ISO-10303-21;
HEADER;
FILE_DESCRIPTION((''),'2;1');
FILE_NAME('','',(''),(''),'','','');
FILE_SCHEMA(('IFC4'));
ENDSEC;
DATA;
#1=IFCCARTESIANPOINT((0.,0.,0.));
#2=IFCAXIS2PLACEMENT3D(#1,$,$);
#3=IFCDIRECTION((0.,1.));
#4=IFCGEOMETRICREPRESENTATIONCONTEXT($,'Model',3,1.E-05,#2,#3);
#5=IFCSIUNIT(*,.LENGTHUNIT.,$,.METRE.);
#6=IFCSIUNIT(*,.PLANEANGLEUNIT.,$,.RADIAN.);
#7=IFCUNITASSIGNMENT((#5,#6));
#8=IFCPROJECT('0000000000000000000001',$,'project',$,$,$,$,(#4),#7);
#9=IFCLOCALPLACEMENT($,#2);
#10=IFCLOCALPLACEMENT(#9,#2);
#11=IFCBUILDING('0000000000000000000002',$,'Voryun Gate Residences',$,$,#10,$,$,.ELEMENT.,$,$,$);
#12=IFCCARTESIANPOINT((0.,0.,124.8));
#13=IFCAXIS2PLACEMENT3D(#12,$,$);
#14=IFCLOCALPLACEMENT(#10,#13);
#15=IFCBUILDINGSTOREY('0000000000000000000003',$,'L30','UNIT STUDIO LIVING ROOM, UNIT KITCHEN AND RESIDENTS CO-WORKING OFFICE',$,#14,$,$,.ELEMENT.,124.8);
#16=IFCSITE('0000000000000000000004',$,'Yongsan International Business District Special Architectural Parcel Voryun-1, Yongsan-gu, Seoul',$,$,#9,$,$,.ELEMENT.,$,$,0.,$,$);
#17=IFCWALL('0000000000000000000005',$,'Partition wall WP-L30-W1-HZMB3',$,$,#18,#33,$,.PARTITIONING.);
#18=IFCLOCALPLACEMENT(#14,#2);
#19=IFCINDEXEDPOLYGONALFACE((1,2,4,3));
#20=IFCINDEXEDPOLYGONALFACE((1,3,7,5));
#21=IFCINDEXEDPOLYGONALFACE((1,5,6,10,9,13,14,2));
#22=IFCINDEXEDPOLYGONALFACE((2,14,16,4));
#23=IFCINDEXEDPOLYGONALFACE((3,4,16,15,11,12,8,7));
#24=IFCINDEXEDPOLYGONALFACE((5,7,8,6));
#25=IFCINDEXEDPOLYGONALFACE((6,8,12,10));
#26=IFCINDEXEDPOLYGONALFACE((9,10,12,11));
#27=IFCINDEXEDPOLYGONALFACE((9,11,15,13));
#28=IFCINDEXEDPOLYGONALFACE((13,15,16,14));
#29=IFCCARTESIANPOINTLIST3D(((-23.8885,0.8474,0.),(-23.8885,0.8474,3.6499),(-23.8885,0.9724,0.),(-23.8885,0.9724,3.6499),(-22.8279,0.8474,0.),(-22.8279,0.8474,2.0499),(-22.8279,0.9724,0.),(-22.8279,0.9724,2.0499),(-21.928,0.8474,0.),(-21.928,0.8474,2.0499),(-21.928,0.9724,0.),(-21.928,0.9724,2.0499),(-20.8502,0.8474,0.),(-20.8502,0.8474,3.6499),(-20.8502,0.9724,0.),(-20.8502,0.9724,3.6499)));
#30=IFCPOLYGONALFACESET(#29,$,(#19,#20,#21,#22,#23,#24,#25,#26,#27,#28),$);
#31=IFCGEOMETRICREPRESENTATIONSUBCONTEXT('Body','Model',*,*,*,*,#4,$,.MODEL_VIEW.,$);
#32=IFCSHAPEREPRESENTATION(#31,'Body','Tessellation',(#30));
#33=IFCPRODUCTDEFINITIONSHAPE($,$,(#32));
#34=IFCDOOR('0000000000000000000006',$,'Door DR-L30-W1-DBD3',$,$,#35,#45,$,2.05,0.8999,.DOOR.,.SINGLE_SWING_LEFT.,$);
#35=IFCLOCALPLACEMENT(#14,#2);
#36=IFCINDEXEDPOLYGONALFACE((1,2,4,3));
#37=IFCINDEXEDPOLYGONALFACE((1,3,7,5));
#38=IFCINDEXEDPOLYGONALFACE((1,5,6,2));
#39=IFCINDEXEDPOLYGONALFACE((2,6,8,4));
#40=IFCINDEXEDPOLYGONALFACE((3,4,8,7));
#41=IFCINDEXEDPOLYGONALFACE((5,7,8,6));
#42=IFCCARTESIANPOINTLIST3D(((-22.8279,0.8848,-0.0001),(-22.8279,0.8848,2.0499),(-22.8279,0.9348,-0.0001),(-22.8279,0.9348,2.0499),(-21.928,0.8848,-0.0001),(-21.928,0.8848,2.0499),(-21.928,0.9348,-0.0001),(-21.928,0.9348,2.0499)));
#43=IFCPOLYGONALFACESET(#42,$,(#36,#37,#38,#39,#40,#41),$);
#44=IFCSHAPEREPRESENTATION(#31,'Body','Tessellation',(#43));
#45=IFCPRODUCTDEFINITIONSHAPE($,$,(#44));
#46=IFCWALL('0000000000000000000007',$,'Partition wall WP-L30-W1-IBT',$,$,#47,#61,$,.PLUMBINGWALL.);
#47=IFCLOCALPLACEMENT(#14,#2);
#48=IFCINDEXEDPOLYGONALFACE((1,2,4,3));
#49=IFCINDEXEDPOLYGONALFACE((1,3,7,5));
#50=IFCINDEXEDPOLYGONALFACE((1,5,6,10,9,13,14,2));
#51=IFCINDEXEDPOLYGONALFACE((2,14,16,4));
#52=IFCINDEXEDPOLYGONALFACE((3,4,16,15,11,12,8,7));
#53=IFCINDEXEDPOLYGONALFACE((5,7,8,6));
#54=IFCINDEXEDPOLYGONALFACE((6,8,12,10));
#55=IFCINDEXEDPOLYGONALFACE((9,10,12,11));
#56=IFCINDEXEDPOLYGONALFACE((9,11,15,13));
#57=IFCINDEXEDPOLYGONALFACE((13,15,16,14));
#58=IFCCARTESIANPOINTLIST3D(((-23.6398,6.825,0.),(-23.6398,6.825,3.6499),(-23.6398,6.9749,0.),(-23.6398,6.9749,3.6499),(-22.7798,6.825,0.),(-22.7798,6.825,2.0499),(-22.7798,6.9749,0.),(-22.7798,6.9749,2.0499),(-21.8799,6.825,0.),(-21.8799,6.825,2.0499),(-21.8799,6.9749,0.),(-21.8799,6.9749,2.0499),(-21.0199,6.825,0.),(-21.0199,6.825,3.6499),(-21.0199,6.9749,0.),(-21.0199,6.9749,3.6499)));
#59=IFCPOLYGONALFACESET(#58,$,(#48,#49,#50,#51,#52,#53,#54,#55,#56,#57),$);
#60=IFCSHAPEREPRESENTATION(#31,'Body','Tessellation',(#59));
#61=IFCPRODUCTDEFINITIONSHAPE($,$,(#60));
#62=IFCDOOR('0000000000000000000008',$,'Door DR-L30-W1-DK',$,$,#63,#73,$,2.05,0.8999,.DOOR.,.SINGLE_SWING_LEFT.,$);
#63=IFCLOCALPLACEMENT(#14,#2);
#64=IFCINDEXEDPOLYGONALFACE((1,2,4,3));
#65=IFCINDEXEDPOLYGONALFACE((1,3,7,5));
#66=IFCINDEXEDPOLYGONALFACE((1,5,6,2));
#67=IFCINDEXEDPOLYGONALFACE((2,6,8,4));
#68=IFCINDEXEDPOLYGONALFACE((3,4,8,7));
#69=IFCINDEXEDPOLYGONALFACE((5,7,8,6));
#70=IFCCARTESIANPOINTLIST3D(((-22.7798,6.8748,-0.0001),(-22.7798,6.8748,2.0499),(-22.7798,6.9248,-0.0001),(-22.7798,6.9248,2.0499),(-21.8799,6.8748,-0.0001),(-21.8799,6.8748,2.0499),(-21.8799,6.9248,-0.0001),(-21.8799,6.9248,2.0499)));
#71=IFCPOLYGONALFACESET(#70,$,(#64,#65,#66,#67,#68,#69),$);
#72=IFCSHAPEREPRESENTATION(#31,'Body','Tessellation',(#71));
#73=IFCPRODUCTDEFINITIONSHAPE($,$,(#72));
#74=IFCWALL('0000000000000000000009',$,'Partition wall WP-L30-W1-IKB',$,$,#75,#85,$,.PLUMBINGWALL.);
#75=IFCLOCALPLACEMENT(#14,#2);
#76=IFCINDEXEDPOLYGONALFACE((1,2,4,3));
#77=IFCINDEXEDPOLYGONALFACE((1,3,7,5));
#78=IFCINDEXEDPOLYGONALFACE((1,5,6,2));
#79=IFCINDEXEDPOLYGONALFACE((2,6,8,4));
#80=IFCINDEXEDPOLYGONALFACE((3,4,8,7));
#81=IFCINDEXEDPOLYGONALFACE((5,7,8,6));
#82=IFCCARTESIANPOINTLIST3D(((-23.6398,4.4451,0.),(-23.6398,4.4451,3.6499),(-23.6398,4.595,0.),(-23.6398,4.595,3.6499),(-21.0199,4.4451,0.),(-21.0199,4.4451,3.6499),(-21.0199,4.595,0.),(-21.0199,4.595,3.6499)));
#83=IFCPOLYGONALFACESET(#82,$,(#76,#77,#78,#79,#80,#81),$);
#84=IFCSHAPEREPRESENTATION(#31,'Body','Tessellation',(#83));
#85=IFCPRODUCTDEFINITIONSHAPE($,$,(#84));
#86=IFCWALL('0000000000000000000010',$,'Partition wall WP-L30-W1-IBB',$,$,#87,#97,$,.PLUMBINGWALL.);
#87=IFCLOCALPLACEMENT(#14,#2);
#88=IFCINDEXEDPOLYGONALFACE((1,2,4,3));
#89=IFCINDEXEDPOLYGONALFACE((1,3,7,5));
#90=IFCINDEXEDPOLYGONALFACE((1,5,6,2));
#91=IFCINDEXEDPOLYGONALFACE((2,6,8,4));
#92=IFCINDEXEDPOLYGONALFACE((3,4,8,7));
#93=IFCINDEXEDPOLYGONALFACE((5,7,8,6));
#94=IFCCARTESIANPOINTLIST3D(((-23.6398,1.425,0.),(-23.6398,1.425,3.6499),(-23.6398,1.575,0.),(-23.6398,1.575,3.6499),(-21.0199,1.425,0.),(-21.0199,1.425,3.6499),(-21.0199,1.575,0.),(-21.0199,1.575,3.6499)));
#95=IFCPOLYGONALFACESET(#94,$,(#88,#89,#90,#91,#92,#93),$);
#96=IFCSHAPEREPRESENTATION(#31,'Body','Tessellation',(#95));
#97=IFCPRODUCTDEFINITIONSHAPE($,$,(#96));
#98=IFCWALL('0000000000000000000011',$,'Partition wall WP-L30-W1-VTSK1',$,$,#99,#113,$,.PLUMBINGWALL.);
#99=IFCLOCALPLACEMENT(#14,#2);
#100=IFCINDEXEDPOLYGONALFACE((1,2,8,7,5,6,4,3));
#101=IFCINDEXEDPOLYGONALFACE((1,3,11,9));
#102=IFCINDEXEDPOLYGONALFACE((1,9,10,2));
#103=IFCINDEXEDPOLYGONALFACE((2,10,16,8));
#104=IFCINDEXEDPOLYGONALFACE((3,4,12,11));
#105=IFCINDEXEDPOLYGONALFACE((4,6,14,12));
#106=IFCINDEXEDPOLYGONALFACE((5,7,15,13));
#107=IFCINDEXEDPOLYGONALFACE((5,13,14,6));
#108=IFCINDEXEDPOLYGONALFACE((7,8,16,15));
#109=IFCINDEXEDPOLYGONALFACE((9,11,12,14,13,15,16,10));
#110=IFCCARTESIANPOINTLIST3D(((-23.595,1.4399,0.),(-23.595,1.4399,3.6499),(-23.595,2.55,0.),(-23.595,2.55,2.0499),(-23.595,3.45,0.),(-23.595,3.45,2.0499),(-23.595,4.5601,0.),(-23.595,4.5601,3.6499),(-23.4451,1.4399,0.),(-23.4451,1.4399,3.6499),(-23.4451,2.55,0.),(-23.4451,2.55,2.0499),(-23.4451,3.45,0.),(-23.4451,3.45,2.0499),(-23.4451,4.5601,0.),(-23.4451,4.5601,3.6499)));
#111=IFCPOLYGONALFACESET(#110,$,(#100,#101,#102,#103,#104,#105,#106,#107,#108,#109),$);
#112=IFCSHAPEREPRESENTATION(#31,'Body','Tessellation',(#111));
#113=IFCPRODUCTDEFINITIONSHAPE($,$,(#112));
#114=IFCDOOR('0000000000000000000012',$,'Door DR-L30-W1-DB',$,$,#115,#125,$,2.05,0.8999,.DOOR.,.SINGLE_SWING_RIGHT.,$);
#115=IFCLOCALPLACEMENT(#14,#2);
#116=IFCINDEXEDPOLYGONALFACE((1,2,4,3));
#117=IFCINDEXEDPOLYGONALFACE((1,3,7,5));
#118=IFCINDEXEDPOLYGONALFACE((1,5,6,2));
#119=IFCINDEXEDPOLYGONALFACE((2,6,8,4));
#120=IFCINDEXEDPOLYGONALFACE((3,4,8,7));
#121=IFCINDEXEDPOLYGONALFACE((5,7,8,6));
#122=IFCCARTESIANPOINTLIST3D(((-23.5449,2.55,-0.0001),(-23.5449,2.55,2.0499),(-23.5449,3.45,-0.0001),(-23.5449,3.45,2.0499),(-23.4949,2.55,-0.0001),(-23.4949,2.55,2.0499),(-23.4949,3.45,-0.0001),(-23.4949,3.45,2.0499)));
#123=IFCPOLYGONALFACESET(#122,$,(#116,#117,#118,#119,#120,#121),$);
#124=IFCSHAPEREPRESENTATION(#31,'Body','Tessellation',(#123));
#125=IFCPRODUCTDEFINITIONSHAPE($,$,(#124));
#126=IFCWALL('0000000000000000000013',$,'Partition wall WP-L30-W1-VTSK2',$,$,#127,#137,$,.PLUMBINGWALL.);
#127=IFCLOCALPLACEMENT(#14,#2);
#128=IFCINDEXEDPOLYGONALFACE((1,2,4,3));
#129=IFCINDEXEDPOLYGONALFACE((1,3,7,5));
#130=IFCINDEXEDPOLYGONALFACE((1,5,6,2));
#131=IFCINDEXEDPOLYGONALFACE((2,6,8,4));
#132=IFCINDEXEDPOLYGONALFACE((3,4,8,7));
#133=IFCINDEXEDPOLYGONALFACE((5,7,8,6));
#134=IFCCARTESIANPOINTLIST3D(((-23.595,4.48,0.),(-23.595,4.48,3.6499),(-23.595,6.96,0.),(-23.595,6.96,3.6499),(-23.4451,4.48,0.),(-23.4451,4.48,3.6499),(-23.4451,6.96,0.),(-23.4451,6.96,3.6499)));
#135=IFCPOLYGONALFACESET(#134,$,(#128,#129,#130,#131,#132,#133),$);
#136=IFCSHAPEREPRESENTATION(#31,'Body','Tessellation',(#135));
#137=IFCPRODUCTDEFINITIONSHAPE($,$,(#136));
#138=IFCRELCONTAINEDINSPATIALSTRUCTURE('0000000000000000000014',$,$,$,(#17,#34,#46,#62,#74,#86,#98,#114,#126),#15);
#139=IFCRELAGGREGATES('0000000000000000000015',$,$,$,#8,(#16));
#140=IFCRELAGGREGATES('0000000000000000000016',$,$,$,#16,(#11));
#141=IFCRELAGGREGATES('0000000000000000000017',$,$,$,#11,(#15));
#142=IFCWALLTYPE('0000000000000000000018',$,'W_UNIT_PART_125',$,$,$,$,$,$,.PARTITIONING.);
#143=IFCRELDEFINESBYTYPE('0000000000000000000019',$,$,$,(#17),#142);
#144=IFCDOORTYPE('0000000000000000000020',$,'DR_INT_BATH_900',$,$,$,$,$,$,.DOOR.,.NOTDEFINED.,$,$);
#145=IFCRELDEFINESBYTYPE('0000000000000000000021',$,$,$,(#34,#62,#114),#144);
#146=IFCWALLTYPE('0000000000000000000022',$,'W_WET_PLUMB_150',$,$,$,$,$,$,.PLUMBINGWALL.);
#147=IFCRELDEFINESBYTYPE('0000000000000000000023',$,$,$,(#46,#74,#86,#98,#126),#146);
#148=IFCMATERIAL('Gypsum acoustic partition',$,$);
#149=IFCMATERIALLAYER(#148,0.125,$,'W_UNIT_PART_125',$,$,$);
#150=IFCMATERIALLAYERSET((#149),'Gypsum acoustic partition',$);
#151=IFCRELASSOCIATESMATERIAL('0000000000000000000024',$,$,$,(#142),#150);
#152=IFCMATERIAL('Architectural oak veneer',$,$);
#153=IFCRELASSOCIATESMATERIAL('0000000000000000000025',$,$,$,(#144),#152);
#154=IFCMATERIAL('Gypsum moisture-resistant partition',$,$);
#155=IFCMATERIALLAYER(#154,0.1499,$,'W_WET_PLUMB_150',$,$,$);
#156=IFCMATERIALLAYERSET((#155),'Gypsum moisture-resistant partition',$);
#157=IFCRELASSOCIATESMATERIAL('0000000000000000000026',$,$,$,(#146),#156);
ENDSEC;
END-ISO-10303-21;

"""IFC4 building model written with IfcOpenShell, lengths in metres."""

from ifc_helpers import new_model, si_unit, direction, frame, frame_2d, origin, place, context, subcontext, project, spatial, rectangle, extrude, material, layer, layer_set, type_object, element, fill, save


model = new_model("IFC4")

# Units and contexts
model_context = context("Model", 3, precision=1e-05, world=origin(), true_north=direction((0.0, 1.0)))
body_context = subcontext(model_context, "Body", "Model", "MODEL_VIEW")
ifc_project = project(units=[si_unit("LENGTHUNIT", "METRE"), si_unit("PLANEANGLEUNIT", "RADIAN")], contexts=[model_context])

# Site, building, storey
site_placement = place(None, origin())
site = spatial("IfcSite", under=ifc_project, at=site_placement, Name="Yongsan International Business District Special Architectural Parcel Voryun-1, Yongsan-gu, Seoul", CompositionType="ELEMENT", RefElevation=0.0)
building_placement = place(site_placement, origin())
building = spatial("IfcBuilding", under=site, at=building_placement, Name="Voryun Gate Residences", CompositionType="ELEMENT")
storey_placement = place(building_placement, frame((0.0, 0.0, 124.8)))
storey = spatial("IfcBuildingStorey", under=building, at=storey_placement, Name="L30", Description="UNIT STUDIO LIVING ROOM, UNIT KITCHEN AND RESIDENTS CO-WORKING OFFICE", CompositionType="ELEMENT", Elevation=124.8)

# Walls, openings, doors
ifc_material_1 = material(Name="Gypsum acoustic partition")
ifc_layer_1 = layer(ifc_material_1, 0.125, Name="W_UNIT_PART_125")
ifc_layer_set_1 = layer_set([ifc_layer_1], Name="Gypsum acoustic partition")
wall_type_1 = type_object("IfcWallType", Name="W_UNIT_PART_125", PredefinedType="PARTITIONING", material=ifc_layer_set_1)
ifc_material_2 = material(Name="Architectural oak veneer")
door_type_1 = type_object("IfcDoorType", Name="DR_INT_BATH_900", OperationType="NOTDEFINED", PredefinedType="DOOR", material=ifc_material_2)
wall_1_placement = place(storey_placement, frame((-23.8884, 0.9099, 0.0), z_axis=(0.0, 0.0, 1.0), x_axis=(1.0, 0.0, 0.0)))
wall_1 = element("IfcWall", 1, at=wall_1_placement, inside=storey, type_object=wall_type_1, Name="Partition wall WP-L30-W1-HZMB3", PredefinedType="PARTITIONING", context=body_context, shape_type="SweptSolid", body=[
    extrude(rectangle(XDim=3.0383, YDim=0.125, at=frame_2d((1.519, 0.0))), origin(), (0.0, 0.0, 1.0), 3.6499),
])
opening_1_placement = place(wall_1_placement, frame((1.0605, 0.0, 0.0)))
opening_1 = element("IfcOpeningElement", 2, at=opening_1_placement, cuts=wall_1, PredefinedType="OPENING", context=body_context, shape_type="SweptSolid", body=[
    extrude(rectangle(XDim=0.8999, YDim=2.05, at=frame_2d((0.45, 1.0249))), frame((0.0, 0.0725, 0.0), z_axis=(0.0, -1.0, 0.0), x_axis=(1.0, 0.0, 0.0)), (0.0, 0.0, 1.0), 0.145),
])
door_1_placement = place(opening_1_placement, origin())
door_1 = element("IfcDoor", 3, at=door_1_placement, inside=storey, type_object=door_type_1, Name="Door DR-L30-W1-DBD3", OperationType="SINGLE_SWING_LEFT", OverallHeight=2.05, OverallWidth=0.8999, PredefinedType="DOOR", context=body_context, shape_type="SweptSolid", body=[
    extrude(rectangle(XDim=0.8999, YDim=2.05, at=frame_2d((0.45, 1.0249))), frame((0.0, 0.0249, 0.0), z_axis=(0.0, -1.0, 0.0), x_axis=(1.0, 0.0, 0.0)), (0.0, 0.0, 1.0), 0.05),
])
fill(opening_1, door_1)
ifc_material_3 = material(Name="Gypsum moisture-resistant partition")
ifc_layer_2 = layer(ifc_material_3, 0.1499, Name="W_WET_PLUMB_150")
ifc_layer_set_2 = layer_set([ifc_layer_2], Name="Gypsum moisture-resistant partition")
wall_type_2 = type_object("IfcWallType", Name="W_WET_PLUMB_150", PredefinedType="PLUMBINGWALL", material=ifc_layer_set_2)
wall_2_placement = place(storey_placement, frame((-23.6399, 6.8999, 0.0), z_axis=(0.0, 0.0, 1.0), x_axis=(1.0, 0.0, 0.0)))
wall_2 = element("IfcWall", 4, at=wall_2_placement, inside=storey, type_object=wall_type_2, Name="Partition wall WP-L30-W1-IBT", PredefinedType="PLUMBINGWALL", context=body_context, shape_type="SweptSolid", body=[
    extrude(rectangle(XDim=2.6199, YDim=0.1499, at=frame_2d((1.3101, 0.0))), origin(), (0.0, 0.0, 1.0), 3.6499),
])
opening_2_placement = place(wall_2_placement, frame((0.8601, 0.0, 0.0)))
opening_2 = element("IfcOpeningElement", 5, at=opening_2_placement, cuts=wall_2, PredefinedType="OPENING", context=body_context, shape_type="SweptSolid", body=[
    extrude(rectangle(XDim=0.8999, YDim=2.05, at=frame_2d((0.45, 1.0249))), frame((0.0, 0.085, 0.0), z_axis=(0.0, -1.0, 0.0), x_axis=(1.0, 0.0, 0.0)), (0.0, 0.0, 1.0), 0.1699),
])
door_2_placement = place(opening_2_placement, origin())
door_2 = element("IfcDoor", 6, at=door_2_placement, inside=storey, type_object=door_type_1, Name="Door DR-L30-W1-DK", OperationType="SINGLE_SWING_LEFT", OverallHeight=2.05, OverallWidth=0.8999, PredefinedType="DOOR", context=body_context, shape_type="SweptSolid", body=[
    extrude(rectangle(XDim=0.8999, YDim=2.05, at=frame_2d((0.45, 1.0249))), frame((0.0, 0.0249, 0.0), z_axis=(0.0, -1.0, 0.0), x_axis=(1.0, 0.0, 0.0)), (0.0, 0.0, 1.0), 0.05),
])
fill(opening_2, door_2)

# Walls
for number, where, z_axis, x_axis, name in (
    (7, (-23.6399, 4.52, 0.0), (0.0, 0.0, 1.0), (1.0, 0.0, 0.0), "Partition wall WP-L30-W1-IKB"),
    (8, (-23.6399, 1.5, 0.0), (0.0, 0.0, 1.0), (1.0, 0.0, 0.0), "Partition wall WP-L30-W1-IBB"),
):
    element("IfcWall", number, at=place(storey_placement, frame(where, z_axis=z_axis, x_axis=x_axis)), inside=storey, type_object=wall_type_2, Name=name, PredefinedType="PLUMBINGWALL", context=body_context, shape_type="SweptSolid", body=[
        extrude(rectangle(XDim=2.6199, YDim=0.1499, at=frame_2d((1.3101, 0.0))), origin(), (0.0, 0.0, 1.0), 3.6499),
    ])

# Wall, opening, door
wall_3_placement = place(storey_placement, frame((-23.52, 1.4399, 0.0), z_axis=(0.0, 0.0, 1.0), x_axis=(0.0, 1.0, 0.0)))
wall_3 = element("IfcWall", 9, at=wall_3_placement, inside=storey, type_object=wall_type_2, Name="Partition wall WP-L30-W1-VTSK1", PredefinedType="PLUMBINGWALL", context=body_context, shape_type="SweptSolid", body=[
    extrude(rectangle(XDim=3.1201, YDim=0.1499, at=frame_2d((1.5601, 0.0))), origin(), (0.0, 0.0, 1.0), 3.6499),
])
opening_3_placement = place(wall_3_placement, frame((1.1101, 0.0, 0.0)))
opening_3 = element("IfcOpeningElement", 10, at=opening_3_placement, cuts=wall_3, PredefinedType="OPENING", context=body_context, shape_type="SweptSolid", body=[
    extrude(rectangle(XDim=0.8999, YDim=2.05, at=frame_2d((0.45, 1.0249))), frame((0.0, 0.085, 0.0), z_axis=(0.0, -1.0, 0.0), x_axis=(1.0, 0.0, 0.0)), (0.0, 0.0, 1.0), 0.1699),
])
door_3_placement = place(opening_3_placement, origin())
door_3 = element("IfcDoor", 11, at=door_3_placement, inside=storey, type_object=door_type_1, Name="Door DR-L30-W1-DB", OperationType="SINGLE_SWING_RIGHT", OverallHeight=2.05, OverallWidth=0.8999, PredefinedType="DOOR", context=body_context, shape_type="SweptSolid", body=[
    extrude(rectangle(XDim=0.8999, YDim=2.05, at=frame_2d((0.45, 1.0249))), frame((0.0, 0.0249, 0.0), z_axis=(0.0, -1.0, 0.0), x_axis=(1.0, 0.0, 0.0)), (0.0, 0.0, 1.0), 0.05),
])
fill(opening_3, door_3)

# Wall
wall_4_placement = place(storey_placement, frame((-23.52, 4.48, 0.0), z_axis=(0.0, 0.0, 1.0), x_axis=(0.0, 1.0, 0.0)))
element("IfcWall", 12, at=wall_4_placement, inside=storey, type_object=wall_type_2, Name="Partition wall WP-L30-W1-VTSK2", PredefinedType="PLUMBINGWALL", context=body_context, shape_type="SweptSolid", body=[
    extrude(rectangle(XDim=2.48, YDim=0.1499, at=frame_2d((1.24, 0.0))), origin(), (0.0, 0.0, 1.0), 3.6499),
])

save(model, "model.ifc")
